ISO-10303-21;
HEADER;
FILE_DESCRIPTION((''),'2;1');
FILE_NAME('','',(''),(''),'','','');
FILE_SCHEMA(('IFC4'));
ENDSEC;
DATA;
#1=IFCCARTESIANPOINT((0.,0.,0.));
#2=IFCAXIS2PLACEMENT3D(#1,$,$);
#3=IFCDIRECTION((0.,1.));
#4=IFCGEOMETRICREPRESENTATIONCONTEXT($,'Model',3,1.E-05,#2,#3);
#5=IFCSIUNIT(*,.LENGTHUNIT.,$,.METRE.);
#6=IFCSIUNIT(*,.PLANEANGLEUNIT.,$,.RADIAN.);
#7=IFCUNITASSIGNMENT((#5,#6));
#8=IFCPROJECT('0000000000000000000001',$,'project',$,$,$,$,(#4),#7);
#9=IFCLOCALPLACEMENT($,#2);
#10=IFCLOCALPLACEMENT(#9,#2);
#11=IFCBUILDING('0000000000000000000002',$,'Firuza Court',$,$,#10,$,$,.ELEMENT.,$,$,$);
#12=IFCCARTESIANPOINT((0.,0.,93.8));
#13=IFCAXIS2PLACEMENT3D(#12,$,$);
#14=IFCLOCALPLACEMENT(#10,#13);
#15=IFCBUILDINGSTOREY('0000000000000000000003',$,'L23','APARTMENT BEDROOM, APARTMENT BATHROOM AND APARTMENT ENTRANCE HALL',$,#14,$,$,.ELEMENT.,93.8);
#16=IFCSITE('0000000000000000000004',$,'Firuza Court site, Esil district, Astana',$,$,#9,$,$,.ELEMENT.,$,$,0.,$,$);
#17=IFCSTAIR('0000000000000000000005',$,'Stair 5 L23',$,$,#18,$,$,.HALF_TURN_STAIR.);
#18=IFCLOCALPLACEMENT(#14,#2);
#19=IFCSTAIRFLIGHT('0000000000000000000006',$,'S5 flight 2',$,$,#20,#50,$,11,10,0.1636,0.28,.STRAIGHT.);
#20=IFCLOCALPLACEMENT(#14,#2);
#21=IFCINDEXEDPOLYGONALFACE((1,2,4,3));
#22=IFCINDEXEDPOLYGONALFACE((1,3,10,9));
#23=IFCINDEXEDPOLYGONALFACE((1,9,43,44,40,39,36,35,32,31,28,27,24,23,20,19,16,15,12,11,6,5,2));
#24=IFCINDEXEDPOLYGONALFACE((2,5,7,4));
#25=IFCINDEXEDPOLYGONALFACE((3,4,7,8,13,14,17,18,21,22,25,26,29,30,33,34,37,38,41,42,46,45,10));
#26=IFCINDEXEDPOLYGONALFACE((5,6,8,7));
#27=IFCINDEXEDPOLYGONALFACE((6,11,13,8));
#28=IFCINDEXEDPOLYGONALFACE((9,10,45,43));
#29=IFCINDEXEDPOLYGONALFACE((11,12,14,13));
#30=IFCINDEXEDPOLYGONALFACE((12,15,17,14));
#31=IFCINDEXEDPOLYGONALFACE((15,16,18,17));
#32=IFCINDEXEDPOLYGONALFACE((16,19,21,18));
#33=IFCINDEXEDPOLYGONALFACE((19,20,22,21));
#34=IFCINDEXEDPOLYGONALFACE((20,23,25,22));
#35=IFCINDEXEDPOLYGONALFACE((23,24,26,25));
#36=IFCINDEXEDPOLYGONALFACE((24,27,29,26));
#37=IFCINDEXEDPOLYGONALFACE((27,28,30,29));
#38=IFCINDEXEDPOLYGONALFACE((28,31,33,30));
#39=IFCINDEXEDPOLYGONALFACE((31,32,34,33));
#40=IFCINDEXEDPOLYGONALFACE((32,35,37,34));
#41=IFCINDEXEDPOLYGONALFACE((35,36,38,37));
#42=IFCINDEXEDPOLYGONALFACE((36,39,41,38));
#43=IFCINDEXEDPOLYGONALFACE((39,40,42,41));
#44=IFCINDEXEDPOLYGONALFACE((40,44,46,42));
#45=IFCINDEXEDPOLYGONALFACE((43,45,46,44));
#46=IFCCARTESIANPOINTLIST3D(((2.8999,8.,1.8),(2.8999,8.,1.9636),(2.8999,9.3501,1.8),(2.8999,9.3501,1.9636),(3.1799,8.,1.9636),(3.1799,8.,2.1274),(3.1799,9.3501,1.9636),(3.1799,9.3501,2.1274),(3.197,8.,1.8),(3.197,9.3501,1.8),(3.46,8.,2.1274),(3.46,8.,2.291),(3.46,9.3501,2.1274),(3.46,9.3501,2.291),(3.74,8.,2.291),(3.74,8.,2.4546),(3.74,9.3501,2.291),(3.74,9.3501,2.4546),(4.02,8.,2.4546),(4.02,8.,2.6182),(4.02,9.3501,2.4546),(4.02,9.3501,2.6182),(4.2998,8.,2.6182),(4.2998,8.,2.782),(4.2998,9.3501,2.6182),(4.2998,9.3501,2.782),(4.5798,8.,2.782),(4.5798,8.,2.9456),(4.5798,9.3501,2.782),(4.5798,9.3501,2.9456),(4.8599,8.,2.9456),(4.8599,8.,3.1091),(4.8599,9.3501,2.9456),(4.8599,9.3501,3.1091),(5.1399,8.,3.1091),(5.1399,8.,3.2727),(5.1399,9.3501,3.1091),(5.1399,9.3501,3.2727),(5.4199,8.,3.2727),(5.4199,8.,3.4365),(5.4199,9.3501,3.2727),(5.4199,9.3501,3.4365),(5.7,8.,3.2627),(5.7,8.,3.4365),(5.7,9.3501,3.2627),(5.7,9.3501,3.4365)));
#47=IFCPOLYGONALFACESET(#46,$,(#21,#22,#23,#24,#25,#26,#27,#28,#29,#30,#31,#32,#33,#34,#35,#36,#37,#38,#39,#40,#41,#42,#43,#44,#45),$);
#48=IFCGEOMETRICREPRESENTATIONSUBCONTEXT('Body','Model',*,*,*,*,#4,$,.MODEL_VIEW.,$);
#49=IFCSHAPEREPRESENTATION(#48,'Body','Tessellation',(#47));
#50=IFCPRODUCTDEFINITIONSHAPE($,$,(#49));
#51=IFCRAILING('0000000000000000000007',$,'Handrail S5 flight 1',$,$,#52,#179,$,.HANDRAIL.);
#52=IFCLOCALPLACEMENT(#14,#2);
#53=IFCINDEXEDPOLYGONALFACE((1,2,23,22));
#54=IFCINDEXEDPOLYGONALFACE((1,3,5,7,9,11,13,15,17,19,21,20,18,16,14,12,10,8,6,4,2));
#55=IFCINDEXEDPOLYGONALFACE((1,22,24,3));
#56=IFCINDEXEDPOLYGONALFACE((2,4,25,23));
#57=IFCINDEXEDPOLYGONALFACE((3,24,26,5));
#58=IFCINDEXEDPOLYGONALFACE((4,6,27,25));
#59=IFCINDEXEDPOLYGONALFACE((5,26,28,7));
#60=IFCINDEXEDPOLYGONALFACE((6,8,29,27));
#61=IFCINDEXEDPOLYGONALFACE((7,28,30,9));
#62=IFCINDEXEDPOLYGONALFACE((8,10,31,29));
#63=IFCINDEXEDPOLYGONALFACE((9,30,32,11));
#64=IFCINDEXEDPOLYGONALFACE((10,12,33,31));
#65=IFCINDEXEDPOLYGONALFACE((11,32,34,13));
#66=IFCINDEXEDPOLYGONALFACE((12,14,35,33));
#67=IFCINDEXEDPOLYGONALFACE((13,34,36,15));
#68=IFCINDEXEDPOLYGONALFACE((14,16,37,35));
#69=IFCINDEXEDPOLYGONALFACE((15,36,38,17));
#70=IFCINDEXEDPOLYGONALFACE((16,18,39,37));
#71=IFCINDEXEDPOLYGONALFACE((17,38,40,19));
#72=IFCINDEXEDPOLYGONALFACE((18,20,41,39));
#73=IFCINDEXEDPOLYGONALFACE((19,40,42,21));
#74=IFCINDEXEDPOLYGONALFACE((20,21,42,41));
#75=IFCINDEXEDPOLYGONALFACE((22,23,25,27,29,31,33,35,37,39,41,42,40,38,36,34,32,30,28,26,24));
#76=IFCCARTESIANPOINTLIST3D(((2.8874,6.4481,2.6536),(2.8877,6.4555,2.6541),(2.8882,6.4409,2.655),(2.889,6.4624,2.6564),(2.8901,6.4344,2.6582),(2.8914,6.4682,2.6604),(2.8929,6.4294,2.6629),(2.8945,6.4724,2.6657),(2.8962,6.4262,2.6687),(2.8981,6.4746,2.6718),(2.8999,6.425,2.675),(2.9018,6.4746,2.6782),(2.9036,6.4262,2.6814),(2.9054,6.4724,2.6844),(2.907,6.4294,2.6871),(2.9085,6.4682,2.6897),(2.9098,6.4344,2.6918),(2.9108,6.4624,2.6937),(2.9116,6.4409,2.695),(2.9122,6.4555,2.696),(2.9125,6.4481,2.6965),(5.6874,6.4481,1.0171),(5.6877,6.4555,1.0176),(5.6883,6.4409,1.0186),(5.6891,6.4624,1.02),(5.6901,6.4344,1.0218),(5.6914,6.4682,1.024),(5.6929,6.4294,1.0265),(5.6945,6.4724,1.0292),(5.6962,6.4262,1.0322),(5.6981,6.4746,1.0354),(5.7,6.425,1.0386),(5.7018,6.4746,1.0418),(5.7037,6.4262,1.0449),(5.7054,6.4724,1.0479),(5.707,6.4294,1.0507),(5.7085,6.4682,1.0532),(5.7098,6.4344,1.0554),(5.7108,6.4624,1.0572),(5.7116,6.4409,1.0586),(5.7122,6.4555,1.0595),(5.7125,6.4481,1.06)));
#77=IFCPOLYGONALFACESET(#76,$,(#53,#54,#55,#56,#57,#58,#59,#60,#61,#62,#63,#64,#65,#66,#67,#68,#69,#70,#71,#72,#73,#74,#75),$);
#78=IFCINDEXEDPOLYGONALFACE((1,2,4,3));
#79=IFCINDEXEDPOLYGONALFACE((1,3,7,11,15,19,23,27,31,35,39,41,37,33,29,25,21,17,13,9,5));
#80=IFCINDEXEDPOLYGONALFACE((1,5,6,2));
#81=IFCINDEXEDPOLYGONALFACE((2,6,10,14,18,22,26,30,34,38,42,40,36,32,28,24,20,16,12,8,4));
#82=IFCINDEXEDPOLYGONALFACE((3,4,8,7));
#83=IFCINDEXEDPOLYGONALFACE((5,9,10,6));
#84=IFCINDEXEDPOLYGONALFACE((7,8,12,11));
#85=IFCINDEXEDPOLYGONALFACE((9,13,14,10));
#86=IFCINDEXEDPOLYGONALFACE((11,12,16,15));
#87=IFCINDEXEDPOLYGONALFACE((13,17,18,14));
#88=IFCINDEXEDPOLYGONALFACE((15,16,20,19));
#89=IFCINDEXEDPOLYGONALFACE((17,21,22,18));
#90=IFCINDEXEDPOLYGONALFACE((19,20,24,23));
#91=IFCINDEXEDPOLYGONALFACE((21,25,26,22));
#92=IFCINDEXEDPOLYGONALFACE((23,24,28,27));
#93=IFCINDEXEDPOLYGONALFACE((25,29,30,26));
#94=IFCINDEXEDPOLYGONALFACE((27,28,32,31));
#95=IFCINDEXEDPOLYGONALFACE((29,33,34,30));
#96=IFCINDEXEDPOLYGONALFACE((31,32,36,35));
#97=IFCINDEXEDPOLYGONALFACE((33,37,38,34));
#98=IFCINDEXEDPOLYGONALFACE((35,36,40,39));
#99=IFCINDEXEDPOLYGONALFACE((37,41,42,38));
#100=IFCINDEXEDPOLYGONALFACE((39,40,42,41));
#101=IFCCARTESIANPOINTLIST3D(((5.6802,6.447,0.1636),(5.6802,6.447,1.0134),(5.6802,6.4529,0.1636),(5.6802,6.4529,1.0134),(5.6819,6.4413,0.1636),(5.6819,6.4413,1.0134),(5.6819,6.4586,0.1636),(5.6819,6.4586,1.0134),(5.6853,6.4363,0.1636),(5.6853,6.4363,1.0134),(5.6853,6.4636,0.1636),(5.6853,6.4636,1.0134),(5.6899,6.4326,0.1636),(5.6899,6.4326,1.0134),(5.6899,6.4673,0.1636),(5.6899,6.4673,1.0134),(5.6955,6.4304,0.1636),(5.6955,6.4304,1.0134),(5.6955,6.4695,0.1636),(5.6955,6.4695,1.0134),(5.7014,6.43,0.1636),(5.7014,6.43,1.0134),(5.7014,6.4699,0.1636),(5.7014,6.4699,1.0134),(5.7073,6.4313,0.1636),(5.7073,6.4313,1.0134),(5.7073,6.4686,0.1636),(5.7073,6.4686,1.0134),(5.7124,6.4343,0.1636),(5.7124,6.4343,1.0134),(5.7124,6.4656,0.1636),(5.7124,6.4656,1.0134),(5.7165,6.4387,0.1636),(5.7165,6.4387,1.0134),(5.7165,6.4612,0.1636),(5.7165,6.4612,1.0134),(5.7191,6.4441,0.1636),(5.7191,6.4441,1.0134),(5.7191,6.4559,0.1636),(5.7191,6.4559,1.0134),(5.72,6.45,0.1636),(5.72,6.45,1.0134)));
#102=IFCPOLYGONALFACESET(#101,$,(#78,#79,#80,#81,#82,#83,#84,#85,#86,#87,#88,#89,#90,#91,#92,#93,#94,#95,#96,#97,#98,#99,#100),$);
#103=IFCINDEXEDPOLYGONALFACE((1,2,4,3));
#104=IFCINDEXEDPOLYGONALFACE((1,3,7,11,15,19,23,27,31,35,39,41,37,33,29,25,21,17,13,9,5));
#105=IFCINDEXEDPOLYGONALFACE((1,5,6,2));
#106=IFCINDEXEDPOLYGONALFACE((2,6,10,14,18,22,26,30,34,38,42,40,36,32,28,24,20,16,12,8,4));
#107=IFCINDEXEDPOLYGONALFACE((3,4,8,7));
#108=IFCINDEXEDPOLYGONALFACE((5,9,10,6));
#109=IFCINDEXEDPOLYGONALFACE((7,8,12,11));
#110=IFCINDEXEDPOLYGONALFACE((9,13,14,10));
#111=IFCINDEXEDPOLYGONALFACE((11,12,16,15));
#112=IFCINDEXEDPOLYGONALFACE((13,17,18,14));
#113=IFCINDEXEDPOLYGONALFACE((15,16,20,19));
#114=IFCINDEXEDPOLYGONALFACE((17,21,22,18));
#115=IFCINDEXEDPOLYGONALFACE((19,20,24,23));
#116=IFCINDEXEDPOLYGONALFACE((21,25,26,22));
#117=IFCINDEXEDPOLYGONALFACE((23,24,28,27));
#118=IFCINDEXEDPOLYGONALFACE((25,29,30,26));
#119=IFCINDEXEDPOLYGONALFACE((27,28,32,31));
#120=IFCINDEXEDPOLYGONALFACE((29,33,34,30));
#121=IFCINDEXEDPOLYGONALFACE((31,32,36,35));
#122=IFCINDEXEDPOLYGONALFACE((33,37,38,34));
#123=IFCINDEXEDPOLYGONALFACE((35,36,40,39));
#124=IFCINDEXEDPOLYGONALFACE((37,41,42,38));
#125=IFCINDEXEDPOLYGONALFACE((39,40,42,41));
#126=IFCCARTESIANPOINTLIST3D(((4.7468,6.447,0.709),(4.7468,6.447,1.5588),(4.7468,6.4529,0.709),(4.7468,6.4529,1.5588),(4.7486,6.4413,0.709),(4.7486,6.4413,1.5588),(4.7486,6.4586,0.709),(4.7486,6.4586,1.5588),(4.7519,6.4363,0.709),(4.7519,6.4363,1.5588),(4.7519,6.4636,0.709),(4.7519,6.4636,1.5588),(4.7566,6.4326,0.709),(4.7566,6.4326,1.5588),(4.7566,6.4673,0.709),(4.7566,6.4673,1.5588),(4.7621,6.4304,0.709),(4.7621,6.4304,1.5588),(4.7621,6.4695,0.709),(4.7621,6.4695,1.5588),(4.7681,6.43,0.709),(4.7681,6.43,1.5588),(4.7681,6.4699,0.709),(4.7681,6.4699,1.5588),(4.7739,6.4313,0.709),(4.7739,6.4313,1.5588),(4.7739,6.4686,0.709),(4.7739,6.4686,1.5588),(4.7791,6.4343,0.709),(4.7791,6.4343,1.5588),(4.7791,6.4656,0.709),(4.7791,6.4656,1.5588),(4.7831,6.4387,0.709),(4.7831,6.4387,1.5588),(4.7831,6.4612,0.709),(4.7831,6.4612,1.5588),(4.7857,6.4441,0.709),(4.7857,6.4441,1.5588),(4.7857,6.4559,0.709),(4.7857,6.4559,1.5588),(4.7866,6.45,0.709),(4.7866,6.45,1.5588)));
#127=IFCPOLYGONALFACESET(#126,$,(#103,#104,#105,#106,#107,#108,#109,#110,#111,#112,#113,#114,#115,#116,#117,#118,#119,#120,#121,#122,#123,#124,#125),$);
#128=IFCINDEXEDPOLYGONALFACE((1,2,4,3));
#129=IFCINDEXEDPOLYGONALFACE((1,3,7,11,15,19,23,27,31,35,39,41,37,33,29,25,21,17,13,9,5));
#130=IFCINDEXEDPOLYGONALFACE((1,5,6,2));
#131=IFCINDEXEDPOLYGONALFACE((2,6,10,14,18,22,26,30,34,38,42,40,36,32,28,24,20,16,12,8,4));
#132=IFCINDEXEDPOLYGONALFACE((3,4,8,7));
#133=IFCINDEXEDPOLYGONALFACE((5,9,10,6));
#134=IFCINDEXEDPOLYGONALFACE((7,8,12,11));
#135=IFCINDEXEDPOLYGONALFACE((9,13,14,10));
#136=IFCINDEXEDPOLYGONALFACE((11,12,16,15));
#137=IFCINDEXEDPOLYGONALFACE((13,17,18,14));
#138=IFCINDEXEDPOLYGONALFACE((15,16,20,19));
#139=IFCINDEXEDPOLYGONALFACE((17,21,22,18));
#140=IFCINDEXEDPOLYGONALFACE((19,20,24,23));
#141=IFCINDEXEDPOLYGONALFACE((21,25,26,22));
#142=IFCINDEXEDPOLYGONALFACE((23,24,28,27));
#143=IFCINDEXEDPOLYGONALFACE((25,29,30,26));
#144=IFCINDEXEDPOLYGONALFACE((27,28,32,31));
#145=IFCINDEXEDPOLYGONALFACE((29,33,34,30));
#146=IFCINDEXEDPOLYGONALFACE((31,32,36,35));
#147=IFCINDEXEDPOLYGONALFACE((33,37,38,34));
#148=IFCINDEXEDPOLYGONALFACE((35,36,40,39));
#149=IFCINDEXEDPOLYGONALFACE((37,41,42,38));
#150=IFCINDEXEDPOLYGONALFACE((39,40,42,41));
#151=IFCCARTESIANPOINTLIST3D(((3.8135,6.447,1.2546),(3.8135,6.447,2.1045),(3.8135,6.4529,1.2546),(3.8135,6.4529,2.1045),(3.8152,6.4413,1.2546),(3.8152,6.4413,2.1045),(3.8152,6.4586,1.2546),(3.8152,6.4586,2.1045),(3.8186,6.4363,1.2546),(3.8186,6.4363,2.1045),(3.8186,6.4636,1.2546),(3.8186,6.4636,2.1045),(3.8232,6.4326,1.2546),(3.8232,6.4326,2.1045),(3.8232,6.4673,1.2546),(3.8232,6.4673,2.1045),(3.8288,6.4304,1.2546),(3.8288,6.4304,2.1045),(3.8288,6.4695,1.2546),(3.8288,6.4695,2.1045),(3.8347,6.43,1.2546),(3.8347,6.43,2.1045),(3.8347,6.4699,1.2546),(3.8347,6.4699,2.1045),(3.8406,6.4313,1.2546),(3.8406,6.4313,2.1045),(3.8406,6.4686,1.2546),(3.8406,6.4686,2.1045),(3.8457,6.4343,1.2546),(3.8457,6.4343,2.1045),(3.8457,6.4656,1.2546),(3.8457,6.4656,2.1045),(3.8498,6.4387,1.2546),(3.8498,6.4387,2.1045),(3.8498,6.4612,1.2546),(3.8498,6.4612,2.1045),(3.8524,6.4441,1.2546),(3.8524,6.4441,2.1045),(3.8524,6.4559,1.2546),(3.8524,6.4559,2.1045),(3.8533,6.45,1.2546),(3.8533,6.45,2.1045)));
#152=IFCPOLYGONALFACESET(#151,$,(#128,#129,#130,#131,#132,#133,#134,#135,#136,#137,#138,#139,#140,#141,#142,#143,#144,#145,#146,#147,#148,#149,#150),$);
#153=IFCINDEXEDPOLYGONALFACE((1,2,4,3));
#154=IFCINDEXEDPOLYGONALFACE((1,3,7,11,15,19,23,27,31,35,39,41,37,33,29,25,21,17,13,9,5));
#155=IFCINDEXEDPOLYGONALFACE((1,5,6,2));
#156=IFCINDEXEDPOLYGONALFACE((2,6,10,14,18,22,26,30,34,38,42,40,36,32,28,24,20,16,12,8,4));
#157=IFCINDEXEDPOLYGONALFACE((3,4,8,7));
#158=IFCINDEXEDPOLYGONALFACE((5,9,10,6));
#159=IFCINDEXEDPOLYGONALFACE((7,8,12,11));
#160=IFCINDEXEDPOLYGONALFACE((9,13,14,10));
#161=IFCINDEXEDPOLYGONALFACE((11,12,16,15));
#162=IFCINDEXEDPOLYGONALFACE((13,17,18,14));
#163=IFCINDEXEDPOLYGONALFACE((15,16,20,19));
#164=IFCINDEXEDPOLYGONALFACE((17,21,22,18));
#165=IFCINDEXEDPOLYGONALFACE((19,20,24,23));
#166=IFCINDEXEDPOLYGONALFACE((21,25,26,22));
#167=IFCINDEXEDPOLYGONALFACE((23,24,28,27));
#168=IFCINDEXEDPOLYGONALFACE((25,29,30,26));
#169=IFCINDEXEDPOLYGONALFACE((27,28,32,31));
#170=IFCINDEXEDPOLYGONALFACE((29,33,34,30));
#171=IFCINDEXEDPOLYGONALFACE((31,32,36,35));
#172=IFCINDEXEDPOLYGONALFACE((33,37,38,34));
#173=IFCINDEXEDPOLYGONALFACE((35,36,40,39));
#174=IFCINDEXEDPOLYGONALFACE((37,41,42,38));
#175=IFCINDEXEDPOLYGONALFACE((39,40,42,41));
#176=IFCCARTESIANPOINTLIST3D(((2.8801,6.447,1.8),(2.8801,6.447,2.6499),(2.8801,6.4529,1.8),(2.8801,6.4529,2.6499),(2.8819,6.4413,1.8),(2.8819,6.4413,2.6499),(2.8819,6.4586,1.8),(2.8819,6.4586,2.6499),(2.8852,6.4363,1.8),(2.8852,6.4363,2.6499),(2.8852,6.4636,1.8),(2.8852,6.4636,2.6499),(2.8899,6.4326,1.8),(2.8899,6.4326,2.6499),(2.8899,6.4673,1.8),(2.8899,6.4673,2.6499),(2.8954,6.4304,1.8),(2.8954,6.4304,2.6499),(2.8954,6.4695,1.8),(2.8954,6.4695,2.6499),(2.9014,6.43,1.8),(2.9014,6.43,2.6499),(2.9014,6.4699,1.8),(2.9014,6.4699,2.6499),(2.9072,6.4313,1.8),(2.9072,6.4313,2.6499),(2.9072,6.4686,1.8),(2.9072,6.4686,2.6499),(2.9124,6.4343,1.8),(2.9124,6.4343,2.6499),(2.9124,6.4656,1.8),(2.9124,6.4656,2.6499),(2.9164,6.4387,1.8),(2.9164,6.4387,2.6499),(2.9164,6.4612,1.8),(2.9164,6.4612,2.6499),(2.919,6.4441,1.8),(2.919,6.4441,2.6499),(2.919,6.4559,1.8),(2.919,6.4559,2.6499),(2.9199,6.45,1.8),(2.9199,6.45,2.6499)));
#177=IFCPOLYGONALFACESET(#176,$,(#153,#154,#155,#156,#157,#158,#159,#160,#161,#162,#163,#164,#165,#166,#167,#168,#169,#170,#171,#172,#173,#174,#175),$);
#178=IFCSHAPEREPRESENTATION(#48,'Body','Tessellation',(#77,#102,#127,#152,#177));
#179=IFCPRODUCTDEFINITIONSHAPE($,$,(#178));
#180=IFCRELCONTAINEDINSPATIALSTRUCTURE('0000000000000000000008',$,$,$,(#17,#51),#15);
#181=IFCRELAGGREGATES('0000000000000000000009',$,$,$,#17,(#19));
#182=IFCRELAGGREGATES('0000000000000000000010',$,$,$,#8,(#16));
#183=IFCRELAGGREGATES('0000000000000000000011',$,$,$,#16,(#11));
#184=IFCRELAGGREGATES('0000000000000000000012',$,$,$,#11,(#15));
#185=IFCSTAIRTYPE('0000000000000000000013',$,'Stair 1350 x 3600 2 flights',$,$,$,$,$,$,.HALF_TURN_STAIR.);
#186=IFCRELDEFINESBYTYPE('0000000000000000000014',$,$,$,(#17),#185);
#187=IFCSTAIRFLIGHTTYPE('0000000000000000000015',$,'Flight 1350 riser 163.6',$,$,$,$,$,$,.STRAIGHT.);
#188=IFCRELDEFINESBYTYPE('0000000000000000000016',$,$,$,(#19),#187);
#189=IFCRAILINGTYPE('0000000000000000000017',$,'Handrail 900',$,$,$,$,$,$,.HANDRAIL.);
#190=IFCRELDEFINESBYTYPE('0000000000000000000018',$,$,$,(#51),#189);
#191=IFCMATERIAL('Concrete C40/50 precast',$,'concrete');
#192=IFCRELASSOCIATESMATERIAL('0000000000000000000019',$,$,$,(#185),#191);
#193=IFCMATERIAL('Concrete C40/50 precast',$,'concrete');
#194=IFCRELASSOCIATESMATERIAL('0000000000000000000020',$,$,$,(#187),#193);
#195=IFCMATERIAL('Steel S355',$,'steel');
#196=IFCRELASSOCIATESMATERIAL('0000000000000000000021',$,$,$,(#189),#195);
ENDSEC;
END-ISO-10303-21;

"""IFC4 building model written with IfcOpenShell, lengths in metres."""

from ifc_helpers import new_model, si_unit, direction, frame, origin, origin_2d, place, context, subcontext, project, spatial, polyline, circle, outline, extrude, material, type_object, element, aggregate, save


model = new_model("IFC4")

# Units and contexts
model_context = context("Model", 3, precision=1e-05, world=origin(), true_north=direction((0.0, 1.0)))
body_context = subcontext(model_context, "Body", "Model", "MODEL_VIEW")
ifc_project = project(units=[si_unit("LENGTHUNIT", "METRE"), si_unit("PLANEANGLEUNIT", "RADIAN")], contexts=[model_context])

# Site, building, storey
site_placement = place(None, origin())
site = spatial("IfcSite", under=ifc_project, at=site_placement, Name="Firuza Court site, Esil district, Astana", CompositionType="ELEMENT", RefElevation=0.0)
building_placement = place(site_placement, origin())
building = spatial("IfcBuilding", under=site, at=building_placement, Name="Firuza Court", CompositionType="ELEMENT")
storey_placement = place(building_placement, frame((0.0, 0.0, 93.8)))
storey = spatial("IfcBuildingStorey", under=building, at=storey_placement, Name="L23", Description="APARTMENT BEDROOM, APARTMENT BATHROOM AND APARTMENT ENTRANCE HALL", CompositionType="ELEMENT", Elevation=93.8)

# Stair, stair flight
ifc_material_1 = material(Name="Concrete C40/50 precast", Category="concrete")
stair_type = type_object("IfcStairType", Name="Stair 1350 x 3600 2 flights", PredefinedType="HALF_TURN_STAIR", material=ifc_material_1)
stair_placement = place(storey_placement, origin())
stair = element("IfcStair", 1, at=stair_placement, inside=storey, type_object=stair_type, Name="Stair 5 L23", PredefinedType="HALF_TURN_STAIR")
ifc_material_2 = material(Name="Concrete C40/50 precast", Category="concrete")
stair_flight_type = type_object("IfcStairFlightType", Name="Flight 1350 riser 163.6", PredefinedType="STRAIGHT", material=ifc_material_2)
stair_flight_1_placement = place(storey_placement, frame((2.8999, 8.675, 1.8), z_axis=(0.0, 0.0, 1.0), x_axis=(1.0, 0.0, 0.0)))
stair_flight_1 = element("IfcStairFlight", 2, at=stair_flight_1_placement, type_object=stair_flight_type, Name="S5 flight 2", NumberOfRisers=11, NumberOfTreads=10, PredefinedType="STRAIGHT", RiserHeight=0.1636, TreadLength=0.28, context=body_context, shape_type="SweptSolid", body=[
    extrude(outline(polyline([(0.0, 0.0), (0.0, 0.1636), (0.28, 0.1636), (0.28, 0.3274), (0.5601, 0.3274), (0.5601, 0.491), (0.8401, 0.491), (0.8401, 0.6545), (1.1201, 0.6545), (1.1201, 0.8181), (1.3999, 0.8181), (1.3999, 0.9819), (1.6799, 0.9819), (1.6799, 1.1455), (1.96, 1.1455), (1.96, 1.3091), (2.24, 1.3091), (2.24, 1.4727), (2.52, 1.4727), (2.52, 1.6365), (2.8, 1.6365), (2.8, 1.8), (2.8, 1.4626), (0.2971, 0.0), (0.0, 0.0)])), frame((0.0, 0.675, 0.0), z_axis=(0.0, -1.0, 0.0), x_axis=(1.0, 0.0, 0.0)), (0.0, 0.0, 1.0), 1.3501),
])
aggregate(stair, [stair_flight_1])

# Railing
ifc_material_3 = material(Name="Steel S355", Category="steel")
railing_type_1 = type_object("IfcRailingType", Name="Handrail 900", PredefinedType="HANDRAIL", material=ifc_material_3)
railing_1_placement = place(storey_placement, frame((5.7, 6.45, 0.1636)))
element("IfcRailing", 3, at=railing_1_placement, inside=storey, type_object=railing_type_1, Name="Handrail S5 flight 1", PredefinedType="HANDRAIL", context=body_context, shape_type="SweptSolid", body=[
    extrude(circle(Radius=0.0249, at=origin_2d()), frame((0.0, 0.0, 0.875), z_axis=(-0.863361, 0.0, 0.504587), x_axis=(0.0, -1.0, 0.0)), (0.0, 0.0, 1.0), 3.2432),
    extrude(circle(Radius=0.02, at=origin_2d()), origin(), (0.0, 0.0, 1.0), 0.8499),
    extrude(circle(Radius=0.02, at=origin_2d()), frame((-0.9333, 0.0, 0.5454)), (0.0, 0.0, 1.0), 0.8499),
    extrude(circle(Radius=0.02, at=origin_2d()), frame((-1.8667, 0.0, 1.0911)), (0.0, 0.0, 1.0), 0.8499),
    extrude(circle(Radius=0.02, at=origin_2d()), frame((-2.8, 0.0, 1.6365)), (0.0, 0.0, 1.0), 0.8499),
])

save(model, "model.ifc")
